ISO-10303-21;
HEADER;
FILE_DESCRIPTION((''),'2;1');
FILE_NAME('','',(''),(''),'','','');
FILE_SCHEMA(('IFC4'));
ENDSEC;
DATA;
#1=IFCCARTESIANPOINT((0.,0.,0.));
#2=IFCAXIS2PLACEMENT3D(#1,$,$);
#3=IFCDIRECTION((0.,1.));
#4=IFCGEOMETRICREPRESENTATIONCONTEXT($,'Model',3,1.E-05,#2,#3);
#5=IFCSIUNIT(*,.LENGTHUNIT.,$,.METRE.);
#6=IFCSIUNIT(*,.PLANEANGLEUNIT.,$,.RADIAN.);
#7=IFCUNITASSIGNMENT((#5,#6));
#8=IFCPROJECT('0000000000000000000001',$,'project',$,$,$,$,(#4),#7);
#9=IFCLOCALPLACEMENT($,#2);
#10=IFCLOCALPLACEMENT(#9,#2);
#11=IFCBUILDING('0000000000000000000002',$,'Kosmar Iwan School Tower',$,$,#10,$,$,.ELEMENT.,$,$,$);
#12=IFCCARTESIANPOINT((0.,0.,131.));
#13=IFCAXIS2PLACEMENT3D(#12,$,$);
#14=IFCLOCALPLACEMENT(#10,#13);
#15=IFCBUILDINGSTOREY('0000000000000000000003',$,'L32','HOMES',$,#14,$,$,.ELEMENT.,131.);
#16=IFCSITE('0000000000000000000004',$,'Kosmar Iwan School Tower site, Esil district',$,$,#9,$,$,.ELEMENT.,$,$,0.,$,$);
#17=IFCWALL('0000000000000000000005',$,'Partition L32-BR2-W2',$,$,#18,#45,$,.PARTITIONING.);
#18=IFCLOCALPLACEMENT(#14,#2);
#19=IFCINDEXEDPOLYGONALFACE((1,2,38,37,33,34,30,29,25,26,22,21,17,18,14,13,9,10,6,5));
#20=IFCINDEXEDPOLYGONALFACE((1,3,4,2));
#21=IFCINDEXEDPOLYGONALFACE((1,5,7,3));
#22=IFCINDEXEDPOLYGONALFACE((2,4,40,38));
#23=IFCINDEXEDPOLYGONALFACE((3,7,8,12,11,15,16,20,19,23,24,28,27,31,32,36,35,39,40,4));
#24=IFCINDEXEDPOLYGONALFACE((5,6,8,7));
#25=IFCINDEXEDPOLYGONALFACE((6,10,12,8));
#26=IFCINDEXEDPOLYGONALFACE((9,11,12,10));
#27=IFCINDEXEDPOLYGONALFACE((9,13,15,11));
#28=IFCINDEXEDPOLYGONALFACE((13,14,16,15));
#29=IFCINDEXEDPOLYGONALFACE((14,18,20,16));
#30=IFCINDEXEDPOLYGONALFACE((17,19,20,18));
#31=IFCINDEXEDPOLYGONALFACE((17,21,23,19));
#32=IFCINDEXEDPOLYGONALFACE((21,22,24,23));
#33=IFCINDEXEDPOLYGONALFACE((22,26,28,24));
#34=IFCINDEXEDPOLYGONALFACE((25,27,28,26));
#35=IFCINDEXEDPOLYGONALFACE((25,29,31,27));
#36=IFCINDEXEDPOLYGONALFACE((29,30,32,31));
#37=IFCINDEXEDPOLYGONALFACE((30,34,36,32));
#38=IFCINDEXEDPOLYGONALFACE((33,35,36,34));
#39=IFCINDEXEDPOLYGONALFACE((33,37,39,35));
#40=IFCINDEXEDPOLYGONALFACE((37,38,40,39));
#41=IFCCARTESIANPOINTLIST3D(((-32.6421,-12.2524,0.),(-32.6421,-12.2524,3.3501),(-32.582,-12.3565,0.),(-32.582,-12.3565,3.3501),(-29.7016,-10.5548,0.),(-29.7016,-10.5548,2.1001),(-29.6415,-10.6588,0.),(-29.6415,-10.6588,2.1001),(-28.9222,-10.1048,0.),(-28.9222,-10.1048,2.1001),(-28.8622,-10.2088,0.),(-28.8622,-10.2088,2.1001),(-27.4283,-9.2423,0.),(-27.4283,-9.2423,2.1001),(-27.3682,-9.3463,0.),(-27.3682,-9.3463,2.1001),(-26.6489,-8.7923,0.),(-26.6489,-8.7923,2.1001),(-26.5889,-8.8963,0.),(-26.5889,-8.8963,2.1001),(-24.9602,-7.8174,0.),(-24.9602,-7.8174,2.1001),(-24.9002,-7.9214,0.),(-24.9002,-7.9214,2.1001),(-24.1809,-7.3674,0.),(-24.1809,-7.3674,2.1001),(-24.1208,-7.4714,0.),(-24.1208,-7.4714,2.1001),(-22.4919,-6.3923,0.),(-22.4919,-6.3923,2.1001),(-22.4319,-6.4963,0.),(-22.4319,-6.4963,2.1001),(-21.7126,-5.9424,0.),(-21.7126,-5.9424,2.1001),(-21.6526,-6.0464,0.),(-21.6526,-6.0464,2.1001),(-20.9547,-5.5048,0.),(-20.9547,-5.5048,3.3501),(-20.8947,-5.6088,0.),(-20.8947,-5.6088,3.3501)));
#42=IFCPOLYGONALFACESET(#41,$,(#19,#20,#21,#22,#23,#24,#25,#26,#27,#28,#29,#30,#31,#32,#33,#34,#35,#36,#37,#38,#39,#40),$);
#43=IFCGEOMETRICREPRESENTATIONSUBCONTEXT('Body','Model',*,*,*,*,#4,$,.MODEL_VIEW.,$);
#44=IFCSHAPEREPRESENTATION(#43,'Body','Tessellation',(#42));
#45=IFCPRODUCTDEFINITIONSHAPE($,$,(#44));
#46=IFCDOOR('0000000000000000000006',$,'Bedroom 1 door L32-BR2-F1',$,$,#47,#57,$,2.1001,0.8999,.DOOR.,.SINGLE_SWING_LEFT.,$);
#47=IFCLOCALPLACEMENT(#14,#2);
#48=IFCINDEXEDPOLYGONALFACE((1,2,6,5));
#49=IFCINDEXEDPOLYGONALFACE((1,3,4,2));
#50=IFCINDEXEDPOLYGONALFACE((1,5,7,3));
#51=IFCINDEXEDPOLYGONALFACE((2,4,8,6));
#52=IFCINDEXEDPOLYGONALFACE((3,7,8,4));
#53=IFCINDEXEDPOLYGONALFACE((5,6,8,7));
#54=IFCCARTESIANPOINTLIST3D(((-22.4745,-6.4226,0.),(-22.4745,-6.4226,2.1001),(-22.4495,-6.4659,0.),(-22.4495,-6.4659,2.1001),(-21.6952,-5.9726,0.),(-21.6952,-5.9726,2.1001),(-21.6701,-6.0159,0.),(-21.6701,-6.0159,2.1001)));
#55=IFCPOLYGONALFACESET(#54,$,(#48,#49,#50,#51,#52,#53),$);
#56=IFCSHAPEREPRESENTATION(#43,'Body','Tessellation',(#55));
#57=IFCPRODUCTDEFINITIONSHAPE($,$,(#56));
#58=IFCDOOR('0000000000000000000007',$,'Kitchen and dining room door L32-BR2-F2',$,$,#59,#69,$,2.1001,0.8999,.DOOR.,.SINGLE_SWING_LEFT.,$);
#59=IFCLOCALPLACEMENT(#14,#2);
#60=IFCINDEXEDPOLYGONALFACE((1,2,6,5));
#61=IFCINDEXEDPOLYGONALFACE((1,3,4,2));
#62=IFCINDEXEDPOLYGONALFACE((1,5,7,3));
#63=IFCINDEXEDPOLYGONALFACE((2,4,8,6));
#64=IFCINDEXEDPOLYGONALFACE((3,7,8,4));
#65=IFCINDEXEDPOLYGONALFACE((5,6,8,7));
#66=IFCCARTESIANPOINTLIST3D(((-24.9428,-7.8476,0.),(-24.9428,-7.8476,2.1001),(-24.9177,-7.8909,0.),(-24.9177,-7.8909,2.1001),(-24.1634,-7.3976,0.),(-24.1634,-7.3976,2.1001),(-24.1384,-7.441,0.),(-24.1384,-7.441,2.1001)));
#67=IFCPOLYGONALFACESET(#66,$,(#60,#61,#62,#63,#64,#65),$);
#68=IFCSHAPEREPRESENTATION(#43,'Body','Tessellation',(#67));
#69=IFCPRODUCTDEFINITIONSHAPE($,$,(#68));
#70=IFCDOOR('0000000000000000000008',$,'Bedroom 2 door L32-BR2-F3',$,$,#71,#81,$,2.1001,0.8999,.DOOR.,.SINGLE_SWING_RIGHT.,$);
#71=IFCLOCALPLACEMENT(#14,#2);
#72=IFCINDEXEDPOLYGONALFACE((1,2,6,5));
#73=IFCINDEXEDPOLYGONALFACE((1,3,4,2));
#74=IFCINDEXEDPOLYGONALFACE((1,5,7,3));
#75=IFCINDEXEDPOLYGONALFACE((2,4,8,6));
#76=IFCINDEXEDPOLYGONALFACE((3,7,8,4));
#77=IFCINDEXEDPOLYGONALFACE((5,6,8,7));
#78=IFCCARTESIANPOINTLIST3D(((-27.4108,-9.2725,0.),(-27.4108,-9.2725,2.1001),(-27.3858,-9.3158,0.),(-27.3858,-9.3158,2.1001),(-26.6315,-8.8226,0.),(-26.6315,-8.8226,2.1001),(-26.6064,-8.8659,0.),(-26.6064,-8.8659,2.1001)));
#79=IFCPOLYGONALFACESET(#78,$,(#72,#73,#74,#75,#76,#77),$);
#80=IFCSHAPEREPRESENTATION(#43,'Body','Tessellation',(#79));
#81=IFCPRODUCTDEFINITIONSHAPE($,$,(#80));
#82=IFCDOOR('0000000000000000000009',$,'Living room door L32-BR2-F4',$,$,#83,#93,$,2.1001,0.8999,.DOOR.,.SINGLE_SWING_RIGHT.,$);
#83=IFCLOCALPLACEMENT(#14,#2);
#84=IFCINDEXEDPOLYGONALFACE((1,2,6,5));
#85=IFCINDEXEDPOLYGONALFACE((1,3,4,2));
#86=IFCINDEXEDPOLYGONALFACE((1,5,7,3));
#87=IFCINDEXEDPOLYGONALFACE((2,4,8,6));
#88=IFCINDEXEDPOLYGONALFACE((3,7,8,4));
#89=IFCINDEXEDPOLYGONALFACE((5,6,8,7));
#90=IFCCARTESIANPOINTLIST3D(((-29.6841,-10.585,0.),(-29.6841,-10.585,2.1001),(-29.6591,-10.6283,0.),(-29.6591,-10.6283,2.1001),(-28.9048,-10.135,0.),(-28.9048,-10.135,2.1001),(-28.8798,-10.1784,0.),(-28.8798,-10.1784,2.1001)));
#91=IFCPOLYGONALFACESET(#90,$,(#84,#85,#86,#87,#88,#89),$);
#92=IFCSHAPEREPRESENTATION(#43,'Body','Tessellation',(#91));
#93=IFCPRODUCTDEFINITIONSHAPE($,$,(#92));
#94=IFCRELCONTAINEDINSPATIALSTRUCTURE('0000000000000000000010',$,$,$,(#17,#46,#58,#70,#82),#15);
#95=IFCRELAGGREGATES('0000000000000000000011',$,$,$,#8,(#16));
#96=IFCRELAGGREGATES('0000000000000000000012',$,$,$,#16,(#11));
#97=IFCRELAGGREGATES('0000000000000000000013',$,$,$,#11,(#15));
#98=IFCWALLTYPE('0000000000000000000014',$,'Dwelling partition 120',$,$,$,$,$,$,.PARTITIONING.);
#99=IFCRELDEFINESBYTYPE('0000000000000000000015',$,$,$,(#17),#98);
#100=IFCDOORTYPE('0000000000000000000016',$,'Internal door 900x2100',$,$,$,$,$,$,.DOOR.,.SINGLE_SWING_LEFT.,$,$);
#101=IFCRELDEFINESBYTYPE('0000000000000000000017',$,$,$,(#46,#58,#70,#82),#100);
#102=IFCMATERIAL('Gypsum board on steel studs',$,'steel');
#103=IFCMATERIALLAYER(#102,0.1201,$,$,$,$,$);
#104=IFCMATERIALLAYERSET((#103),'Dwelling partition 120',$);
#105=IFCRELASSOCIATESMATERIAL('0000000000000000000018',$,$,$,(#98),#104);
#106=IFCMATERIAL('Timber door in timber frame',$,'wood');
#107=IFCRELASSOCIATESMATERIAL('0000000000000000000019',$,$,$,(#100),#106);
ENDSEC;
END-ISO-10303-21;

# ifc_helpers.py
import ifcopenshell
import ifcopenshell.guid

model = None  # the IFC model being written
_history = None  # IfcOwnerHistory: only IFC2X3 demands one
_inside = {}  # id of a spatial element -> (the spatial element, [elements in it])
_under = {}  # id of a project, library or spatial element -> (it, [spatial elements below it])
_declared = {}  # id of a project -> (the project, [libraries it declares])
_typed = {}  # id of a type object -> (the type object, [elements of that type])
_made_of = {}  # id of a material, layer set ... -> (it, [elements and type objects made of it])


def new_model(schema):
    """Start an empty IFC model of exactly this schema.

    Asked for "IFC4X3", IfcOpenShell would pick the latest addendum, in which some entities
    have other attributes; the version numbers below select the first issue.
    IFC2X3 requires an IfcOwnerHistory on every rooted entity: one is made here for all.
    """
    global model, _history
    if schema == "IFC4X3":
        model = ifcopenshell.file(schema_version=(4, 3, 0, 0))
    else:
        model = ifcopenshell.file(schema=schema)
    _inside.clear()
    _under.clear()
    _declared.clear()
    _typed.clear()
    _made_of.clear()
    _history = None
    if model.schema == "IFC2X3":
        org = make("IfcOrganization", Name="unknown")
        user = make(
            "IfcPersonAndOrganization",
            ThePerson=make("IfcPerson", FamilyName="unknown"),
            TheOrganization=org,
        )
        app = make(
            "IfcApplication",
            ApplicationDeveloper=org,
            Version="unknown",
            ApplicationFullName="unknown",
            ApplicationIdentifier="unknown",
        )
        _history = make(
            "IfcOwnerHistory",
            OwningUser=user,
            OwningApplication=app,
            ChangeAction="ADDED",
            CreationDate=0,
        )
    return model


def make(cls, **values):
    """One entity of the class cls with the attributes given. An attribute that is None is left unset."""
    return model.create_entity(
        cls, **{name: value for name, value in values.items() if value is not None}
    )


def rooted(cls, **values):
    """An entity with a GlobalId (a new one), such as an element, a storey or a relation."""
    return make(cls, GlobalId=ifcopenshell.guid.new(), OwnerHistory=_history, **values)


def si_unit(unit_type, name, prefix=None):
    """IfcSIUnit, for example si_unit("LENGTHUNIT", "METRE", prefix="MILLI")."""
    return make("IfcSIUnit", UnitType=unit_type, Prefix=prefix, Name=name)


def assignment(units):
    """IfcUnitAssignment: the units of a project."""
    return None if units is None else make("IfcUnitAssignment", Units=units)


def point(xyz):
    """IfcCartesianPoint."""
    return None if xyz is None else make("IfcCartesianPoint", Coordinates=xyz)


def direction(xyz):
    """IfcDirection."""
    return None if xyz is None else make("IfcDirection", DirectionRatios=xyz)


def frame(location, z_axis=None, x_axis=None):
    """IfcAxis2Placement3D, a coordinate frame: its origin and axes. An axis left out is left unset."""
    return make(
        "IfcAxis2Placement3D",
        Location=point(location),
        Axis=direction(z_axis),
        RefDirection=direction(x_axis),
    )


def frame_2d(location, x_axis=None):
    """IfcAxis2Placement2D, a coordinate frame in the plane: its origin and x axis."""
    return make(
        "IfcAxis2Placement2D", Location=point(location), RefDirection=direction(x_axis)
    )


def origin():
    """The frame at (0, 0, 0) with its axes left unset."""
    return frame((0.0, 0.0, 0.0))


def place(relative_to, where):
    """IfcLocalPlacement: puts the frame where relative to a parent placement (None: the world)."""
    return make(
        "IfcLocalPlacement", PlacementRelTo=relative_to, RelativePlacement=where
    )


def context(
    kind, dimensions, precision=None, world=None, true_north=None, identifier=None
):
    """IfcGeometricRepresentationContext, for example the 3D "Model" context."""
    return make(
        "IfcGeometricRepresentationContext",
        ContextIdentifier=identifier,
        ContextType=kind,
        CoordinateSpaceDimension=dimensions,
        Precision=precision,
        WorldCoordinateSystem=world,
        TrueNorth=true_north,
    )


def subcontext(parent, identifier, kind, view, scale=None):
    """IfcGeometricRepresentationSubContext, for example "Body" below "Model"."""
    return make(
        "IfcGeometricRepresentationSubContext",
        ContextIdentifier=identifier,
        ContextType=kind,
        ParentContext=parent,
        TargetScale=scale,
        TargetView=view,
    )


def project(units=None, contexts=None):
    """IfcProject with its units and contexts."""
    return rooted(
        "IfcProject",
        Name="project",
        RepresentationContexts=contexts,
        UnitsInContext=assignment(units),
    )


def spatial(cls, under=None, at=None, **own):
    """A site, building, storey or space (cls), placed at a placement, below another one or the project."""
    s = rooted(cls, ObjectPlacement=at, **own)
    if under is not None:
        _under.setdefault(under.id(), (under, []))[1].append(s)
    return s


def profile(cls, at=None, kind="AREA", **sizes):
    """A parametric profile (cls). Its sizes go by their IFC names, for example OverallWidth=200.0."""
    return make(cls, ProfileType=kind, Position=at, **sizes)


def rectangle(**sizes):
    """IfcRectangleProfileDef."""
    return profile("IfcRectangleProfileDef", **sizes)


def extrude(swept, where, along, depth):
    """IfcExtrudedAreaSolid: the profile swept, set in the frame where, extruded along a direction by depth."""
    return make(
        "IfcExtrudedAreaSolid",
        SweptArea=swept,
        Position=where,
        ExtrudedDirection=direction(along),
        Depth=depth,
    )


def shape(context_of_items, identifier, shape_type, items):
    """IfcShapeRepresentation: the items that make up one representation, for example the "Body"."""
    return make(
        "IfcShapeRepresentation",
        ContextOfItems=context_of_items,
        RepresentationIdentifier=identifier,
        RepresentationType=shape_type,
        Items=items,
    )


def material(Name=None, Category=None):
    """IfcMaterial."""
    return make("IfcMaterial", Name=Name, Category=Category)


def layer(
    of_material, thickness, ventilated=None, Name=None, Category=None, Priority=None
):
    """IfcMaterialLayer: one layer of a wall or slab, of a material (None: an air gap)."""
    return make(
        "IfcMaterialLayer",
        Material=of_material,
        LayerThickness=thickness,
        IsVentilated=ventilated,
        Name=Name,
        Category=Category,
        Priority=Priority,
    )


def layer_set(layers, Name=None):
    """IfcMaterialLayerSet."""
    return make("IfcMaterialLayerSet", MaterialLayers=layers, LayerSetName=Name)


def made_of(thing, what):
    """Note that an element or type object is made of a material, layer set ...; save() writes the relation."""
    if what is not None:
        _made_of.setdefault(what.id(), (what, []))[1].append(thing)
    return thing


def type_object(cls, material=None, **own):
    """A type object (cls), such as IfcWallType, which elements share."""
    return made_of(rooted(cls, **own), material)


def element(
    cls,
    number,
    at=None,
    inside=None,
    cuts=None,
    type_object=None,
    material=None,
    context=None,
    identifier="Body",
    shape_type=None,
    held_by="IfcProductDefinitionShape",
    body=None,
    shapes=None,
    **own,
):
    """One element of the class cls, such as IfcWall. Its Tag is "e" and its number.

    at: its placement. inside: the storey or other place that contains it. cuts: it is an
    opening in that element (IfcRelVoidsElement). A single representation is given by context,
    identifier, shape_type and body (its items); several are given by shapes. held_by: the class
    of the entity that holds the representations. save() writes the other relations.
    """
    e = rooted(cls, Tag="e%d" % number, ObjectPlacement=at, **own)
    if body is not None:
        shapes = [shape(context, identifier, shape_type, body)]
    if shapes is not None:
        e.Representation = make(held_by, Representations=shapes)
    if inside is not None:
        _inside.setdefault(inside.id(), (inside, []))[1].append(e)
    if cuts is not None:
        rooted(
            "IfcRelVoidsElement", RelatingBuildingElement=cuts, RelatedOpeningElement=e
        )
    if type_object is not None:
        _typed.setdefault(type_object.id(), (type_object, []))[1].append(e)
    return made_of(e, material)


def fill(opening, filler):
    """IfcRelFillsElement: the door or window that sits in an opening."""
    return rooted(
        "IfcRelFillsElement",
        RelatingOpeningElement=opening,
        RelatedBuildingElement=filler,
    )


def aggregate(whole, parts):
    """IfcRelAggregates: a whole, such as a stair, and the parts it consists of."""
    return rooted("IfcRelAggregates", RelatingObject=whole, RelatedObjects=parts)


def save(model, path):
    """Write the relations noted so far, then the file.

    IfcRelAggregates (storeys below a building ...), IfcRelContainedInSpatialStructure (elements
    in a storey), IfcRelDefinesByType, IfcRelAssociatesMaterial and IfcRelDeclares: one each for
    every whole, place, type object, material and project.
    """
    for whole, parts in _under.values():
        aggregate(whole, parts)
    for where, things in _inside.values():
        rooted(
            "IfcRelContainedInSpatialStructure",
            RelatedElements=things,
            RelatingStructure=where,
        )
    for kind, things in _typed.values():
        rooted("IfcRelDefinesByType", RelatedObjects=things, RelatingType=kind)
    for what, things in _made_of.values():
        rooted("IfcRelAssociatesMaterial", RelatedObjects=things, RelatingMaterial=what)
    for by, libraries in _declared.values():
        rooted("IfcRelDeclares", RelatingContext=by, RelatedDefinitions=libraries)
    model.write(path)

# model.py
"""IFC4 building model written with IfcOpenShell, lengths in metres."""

from ifc_helpers import new_model, si_unit, direction, frame, frame_2d, origin, place, context, subcontext, project, spatial, rectangle, extrude, material, layer, layer_set, type_object, element, fill, save


model = new_model("IFC4")

# Units and contexts
model_context = context("Model", 3, precision=1e-05, world=origin(), true_north=direction((0.0, 1.0)))
body_context = subcontext(model_context, "Body", "Model", "MODEL_VIEW")
ifc_project = project(units=[si_unit("LENGTHUNIT", "METRE"), si_unit("PLANEANGLEUNIT", "RADIAN")], contexts=[model_context])

# Site, building, storey
site_placement = place(None, origin())
site = spatial("IfcSite", under=ifc_project, at=site_placement, Name="Kosmar Iwan School Tower site, Esil district", CompositionType="ELEMENT", RefElevation=0.0)
building_placement = place(site_placement, origin())
building = spatial("IfcBuilding", under=site, at=building_placement, Name="Kosmar Iwan School Tower", CompositionType="ELEMENT")
storey_placement = place(building_placement, frame((0.0, 0.0, 131.0)))
storey = spatial("IfcBuildingStorey", under=building, at=storey_placement, Name="L32", Description="HOMES", CompositionType="ELEMENT", Elevation=131.0)

# Wall, openings, doors
ifc_material_1 = material(Name="Gypsum board on steel studs", Category="steel")
ifc_layer = layer(ifc_material_1, 0.1201)
ifc_layer_set = layer_set([ifc_layer], Name="Dwelling partition 120")
wall_type = type_object("IfcWallType", Name="Dwelling partition 120", PredefinedType="PARTITIONING", material=ifc_layer_set)
wall_placement = place(storey_placement, frame((-20.9248, -5.5569, 0.0), z_axis=(0.0, 0.0, 1.0), x_axis=(-0.866028, -0.499995, 0.0)))
wall = element("IfcWall", 1, at=wall_placement, inside=storey, type_object=wall_type, Name="Partition L32-BR2-W2", PredefinedType="PARTITIONING", context=body_context, shape_type="SweptSolid", body=[
    extrude(rectangle(XDim=13.4954, YDim=0.1201, at=frame_2d((6.7476, 0.0))), origin(), (0.0, 0.0, 1.0), 3.3501),
])
opening_1_placement = place(wall_placement, frame((0.875, 0.0, 0.0)))
opening_1 = element("IfcOpeningElement", 2, at=opening_1_placement, cuts=wall, PredefinedType="OPENING", context=body_context, shape_type="SweptSolid", body=[
    extrude(rectangle(XDim=0.8999, YDim=2.1001, at=frame_2d((0.45, 1.05))), frame((0.0, 0.072, 0.0), z_axis=(0.0, -1.0, 0.0), x_axis=(1.0, 0.0, 0.0)), (0.0, 0.0, 1.0), 0.144),
])
opening_2_placement = place(wall_placement, frame((3.7251, 0.0, 0.0)))
opening_2 = element("IfcOpeningElement", 3, at=opening_2_placement, cuts=wall, PredefinedType="OPENING", context=body_context, shape_type="SweptSolid", body=[
    extrude(rectangle(XDim=0.8999, YDim=2.1001, at=frame_2d((0.45, 1.05))), frame((0.0, 0.072, 0.0), z_axis=(0.0, -1.0, 0.0), x_axis=(1.0, 0.0, 0.0)), (0.0, 0.0, 1.0), 0.144),
])
opening_3_placement = place(wall_placement, frame((6.575, 0.0, 0.0)))
opening_3 = element("IfcOpeningElement", 4, at=opening_3_placement, cuts=wall, PredefinedType="OPENING", context=body_context, shape_type="SweptSolid", body=[
    extrude(rectangle(XDim=0.8999, YDim=2.1001, at=frame_2d((0.45, 1.05))), frame((0.0, 0.072, 0.0), z_axis=(0.0, -1.0, 0.0), x_axis=(1.0, 0.0, 0.0)), (0.0, 0.0, 1.0), 0.144),
])
opening_4_placement = place(wall_placement, frame((9.2, 0.0, 0.0)))
opening_4 = element("IfcOpeningElement", 5, at=opening_4_placement, cuts=wall, PredefinedType="OPENING", context=body_context, shape_type="SweptSolid", body=[
    extrude(rectangle(XDim=0.8999, YDim=2.1001, at=frame_2d((0.45, 1.05))), frame((0.0, 0.072, 0.0), z_axis=(0.0, -1.0, 0.0), x_axis=(1.0, 0.0, 0.0)), (0.0, 0.0, 1.0), 0.144),
])
ifc_material_2 = material(Name="Timber door in timber frame", Category="wood")
door_type = type_object("IfcDoorType", Name="Internal door 900x2100", OperationType="SINGLE_SWING_LEFT", PredefinedType="DOOR", material=ifc_material_2)
door_1_placement = place(opening_1_placement, origin())
door_1 = element("IfcDoor", 6, at=door_1_placement, inside=storey, type_object=door_type, Name="Bedroom 1 door L32-BR2-F1", OperationType="SINGLE_SWING_LEFT", OverallHeight=2.1001, OverallWidth=0.8999, PredefinedType="DOOR", context=body_context, shape_type="SweptSolid", body=[
    extrude(rectangle(XDim=0.8999, YDim=2.1001, at=frame_2d((0.45, 1.05))), frame((0.0, 0.0249, 0.0), z_axis=(0.0, -1.0, 0.0), x_axis=(1.0, 0.0, 0.0)), (0.0, 0.0, 1.0), 0.05),
])
fill(opening_1, door_1)
door_2_placement = place(opening_2_placement, origin())
door_2 = element("IfcDoor", 7, at=door_2_placement, inside=storey, type_object=door_type, Name="Kitchen and dining room door L32-BR2-F2", OperationType="SINGLE_SWING_LEFT", OverallHeight=2.1001, OverallWidth=0.8999, PredefinedType="DOOR", context=body_context, shape_type="SweptSolid", body=[
    extrude(rectangle(XDim=0.8999, YDim=2.1001, at=frame_2d((0.45, 1.05))), frame((0.0, 0.0249, 0.0), z_axis=(0.0, -1.0, 0.0), x_axis=(1.0, 0.0, 0.0)), (0.0, 0.0, 1.0), 0.05),
])
fill(opening_2, door_2)
door_3_placement = place(opening_3_placement, origin())
door_3 = element("IfcDoor", 8, at=door_3_placement, inside=storey, type_object=door_type, Name="Bedroom 2 door L32-BR2-F3", OperationType="SINGLE_SWING_RIGHT", OverallHeight=2.1001, OverallWidth=0.8999, PredefinedType="DOOR", context=body_context, shape_type="SweptSolid", body=[
    extrude(rectangle(XDim=0.8999, YDim=2.1001, at=frame_2d((0.45, 1.05))), frame((0.0, 0.0249, 0.0), z_axis=(0.0, -1.0, 0.0), x_axis=(1.0, 0.0, 0.0)), (0.0, 0.0, 1.0), 0.05),
])
fill(opening_3, door_3)
door_4_placement = place(opening_4_placement, origin())
door_4 = element("IfcDoor", 9, at=door_4_placement, inside=storey, type_object=door_type, Name="Living room door L32-BR2-F4", OperationType="SINGLE_SWING_RIGHT", OverallHeight=2.1001, OverallWidth=0.8999, PredefinedType="DOOR", context=body_context, shape_type="SweptSolid", body=[
    extrude(rectangle(XDim=0.8999, YDim=2.1001, at=frame_2d((0.45, 1.05))), frame((0.0, 0.0249, 0.0), z_axis=(0.0, -1.0, 0.0), x_axis=(1.0, 0.0, 0.0)), (0.0, 0.0, 1.0), 0.05),
])
fill(opening_4, door_4)

save(model, "model.ifc")
